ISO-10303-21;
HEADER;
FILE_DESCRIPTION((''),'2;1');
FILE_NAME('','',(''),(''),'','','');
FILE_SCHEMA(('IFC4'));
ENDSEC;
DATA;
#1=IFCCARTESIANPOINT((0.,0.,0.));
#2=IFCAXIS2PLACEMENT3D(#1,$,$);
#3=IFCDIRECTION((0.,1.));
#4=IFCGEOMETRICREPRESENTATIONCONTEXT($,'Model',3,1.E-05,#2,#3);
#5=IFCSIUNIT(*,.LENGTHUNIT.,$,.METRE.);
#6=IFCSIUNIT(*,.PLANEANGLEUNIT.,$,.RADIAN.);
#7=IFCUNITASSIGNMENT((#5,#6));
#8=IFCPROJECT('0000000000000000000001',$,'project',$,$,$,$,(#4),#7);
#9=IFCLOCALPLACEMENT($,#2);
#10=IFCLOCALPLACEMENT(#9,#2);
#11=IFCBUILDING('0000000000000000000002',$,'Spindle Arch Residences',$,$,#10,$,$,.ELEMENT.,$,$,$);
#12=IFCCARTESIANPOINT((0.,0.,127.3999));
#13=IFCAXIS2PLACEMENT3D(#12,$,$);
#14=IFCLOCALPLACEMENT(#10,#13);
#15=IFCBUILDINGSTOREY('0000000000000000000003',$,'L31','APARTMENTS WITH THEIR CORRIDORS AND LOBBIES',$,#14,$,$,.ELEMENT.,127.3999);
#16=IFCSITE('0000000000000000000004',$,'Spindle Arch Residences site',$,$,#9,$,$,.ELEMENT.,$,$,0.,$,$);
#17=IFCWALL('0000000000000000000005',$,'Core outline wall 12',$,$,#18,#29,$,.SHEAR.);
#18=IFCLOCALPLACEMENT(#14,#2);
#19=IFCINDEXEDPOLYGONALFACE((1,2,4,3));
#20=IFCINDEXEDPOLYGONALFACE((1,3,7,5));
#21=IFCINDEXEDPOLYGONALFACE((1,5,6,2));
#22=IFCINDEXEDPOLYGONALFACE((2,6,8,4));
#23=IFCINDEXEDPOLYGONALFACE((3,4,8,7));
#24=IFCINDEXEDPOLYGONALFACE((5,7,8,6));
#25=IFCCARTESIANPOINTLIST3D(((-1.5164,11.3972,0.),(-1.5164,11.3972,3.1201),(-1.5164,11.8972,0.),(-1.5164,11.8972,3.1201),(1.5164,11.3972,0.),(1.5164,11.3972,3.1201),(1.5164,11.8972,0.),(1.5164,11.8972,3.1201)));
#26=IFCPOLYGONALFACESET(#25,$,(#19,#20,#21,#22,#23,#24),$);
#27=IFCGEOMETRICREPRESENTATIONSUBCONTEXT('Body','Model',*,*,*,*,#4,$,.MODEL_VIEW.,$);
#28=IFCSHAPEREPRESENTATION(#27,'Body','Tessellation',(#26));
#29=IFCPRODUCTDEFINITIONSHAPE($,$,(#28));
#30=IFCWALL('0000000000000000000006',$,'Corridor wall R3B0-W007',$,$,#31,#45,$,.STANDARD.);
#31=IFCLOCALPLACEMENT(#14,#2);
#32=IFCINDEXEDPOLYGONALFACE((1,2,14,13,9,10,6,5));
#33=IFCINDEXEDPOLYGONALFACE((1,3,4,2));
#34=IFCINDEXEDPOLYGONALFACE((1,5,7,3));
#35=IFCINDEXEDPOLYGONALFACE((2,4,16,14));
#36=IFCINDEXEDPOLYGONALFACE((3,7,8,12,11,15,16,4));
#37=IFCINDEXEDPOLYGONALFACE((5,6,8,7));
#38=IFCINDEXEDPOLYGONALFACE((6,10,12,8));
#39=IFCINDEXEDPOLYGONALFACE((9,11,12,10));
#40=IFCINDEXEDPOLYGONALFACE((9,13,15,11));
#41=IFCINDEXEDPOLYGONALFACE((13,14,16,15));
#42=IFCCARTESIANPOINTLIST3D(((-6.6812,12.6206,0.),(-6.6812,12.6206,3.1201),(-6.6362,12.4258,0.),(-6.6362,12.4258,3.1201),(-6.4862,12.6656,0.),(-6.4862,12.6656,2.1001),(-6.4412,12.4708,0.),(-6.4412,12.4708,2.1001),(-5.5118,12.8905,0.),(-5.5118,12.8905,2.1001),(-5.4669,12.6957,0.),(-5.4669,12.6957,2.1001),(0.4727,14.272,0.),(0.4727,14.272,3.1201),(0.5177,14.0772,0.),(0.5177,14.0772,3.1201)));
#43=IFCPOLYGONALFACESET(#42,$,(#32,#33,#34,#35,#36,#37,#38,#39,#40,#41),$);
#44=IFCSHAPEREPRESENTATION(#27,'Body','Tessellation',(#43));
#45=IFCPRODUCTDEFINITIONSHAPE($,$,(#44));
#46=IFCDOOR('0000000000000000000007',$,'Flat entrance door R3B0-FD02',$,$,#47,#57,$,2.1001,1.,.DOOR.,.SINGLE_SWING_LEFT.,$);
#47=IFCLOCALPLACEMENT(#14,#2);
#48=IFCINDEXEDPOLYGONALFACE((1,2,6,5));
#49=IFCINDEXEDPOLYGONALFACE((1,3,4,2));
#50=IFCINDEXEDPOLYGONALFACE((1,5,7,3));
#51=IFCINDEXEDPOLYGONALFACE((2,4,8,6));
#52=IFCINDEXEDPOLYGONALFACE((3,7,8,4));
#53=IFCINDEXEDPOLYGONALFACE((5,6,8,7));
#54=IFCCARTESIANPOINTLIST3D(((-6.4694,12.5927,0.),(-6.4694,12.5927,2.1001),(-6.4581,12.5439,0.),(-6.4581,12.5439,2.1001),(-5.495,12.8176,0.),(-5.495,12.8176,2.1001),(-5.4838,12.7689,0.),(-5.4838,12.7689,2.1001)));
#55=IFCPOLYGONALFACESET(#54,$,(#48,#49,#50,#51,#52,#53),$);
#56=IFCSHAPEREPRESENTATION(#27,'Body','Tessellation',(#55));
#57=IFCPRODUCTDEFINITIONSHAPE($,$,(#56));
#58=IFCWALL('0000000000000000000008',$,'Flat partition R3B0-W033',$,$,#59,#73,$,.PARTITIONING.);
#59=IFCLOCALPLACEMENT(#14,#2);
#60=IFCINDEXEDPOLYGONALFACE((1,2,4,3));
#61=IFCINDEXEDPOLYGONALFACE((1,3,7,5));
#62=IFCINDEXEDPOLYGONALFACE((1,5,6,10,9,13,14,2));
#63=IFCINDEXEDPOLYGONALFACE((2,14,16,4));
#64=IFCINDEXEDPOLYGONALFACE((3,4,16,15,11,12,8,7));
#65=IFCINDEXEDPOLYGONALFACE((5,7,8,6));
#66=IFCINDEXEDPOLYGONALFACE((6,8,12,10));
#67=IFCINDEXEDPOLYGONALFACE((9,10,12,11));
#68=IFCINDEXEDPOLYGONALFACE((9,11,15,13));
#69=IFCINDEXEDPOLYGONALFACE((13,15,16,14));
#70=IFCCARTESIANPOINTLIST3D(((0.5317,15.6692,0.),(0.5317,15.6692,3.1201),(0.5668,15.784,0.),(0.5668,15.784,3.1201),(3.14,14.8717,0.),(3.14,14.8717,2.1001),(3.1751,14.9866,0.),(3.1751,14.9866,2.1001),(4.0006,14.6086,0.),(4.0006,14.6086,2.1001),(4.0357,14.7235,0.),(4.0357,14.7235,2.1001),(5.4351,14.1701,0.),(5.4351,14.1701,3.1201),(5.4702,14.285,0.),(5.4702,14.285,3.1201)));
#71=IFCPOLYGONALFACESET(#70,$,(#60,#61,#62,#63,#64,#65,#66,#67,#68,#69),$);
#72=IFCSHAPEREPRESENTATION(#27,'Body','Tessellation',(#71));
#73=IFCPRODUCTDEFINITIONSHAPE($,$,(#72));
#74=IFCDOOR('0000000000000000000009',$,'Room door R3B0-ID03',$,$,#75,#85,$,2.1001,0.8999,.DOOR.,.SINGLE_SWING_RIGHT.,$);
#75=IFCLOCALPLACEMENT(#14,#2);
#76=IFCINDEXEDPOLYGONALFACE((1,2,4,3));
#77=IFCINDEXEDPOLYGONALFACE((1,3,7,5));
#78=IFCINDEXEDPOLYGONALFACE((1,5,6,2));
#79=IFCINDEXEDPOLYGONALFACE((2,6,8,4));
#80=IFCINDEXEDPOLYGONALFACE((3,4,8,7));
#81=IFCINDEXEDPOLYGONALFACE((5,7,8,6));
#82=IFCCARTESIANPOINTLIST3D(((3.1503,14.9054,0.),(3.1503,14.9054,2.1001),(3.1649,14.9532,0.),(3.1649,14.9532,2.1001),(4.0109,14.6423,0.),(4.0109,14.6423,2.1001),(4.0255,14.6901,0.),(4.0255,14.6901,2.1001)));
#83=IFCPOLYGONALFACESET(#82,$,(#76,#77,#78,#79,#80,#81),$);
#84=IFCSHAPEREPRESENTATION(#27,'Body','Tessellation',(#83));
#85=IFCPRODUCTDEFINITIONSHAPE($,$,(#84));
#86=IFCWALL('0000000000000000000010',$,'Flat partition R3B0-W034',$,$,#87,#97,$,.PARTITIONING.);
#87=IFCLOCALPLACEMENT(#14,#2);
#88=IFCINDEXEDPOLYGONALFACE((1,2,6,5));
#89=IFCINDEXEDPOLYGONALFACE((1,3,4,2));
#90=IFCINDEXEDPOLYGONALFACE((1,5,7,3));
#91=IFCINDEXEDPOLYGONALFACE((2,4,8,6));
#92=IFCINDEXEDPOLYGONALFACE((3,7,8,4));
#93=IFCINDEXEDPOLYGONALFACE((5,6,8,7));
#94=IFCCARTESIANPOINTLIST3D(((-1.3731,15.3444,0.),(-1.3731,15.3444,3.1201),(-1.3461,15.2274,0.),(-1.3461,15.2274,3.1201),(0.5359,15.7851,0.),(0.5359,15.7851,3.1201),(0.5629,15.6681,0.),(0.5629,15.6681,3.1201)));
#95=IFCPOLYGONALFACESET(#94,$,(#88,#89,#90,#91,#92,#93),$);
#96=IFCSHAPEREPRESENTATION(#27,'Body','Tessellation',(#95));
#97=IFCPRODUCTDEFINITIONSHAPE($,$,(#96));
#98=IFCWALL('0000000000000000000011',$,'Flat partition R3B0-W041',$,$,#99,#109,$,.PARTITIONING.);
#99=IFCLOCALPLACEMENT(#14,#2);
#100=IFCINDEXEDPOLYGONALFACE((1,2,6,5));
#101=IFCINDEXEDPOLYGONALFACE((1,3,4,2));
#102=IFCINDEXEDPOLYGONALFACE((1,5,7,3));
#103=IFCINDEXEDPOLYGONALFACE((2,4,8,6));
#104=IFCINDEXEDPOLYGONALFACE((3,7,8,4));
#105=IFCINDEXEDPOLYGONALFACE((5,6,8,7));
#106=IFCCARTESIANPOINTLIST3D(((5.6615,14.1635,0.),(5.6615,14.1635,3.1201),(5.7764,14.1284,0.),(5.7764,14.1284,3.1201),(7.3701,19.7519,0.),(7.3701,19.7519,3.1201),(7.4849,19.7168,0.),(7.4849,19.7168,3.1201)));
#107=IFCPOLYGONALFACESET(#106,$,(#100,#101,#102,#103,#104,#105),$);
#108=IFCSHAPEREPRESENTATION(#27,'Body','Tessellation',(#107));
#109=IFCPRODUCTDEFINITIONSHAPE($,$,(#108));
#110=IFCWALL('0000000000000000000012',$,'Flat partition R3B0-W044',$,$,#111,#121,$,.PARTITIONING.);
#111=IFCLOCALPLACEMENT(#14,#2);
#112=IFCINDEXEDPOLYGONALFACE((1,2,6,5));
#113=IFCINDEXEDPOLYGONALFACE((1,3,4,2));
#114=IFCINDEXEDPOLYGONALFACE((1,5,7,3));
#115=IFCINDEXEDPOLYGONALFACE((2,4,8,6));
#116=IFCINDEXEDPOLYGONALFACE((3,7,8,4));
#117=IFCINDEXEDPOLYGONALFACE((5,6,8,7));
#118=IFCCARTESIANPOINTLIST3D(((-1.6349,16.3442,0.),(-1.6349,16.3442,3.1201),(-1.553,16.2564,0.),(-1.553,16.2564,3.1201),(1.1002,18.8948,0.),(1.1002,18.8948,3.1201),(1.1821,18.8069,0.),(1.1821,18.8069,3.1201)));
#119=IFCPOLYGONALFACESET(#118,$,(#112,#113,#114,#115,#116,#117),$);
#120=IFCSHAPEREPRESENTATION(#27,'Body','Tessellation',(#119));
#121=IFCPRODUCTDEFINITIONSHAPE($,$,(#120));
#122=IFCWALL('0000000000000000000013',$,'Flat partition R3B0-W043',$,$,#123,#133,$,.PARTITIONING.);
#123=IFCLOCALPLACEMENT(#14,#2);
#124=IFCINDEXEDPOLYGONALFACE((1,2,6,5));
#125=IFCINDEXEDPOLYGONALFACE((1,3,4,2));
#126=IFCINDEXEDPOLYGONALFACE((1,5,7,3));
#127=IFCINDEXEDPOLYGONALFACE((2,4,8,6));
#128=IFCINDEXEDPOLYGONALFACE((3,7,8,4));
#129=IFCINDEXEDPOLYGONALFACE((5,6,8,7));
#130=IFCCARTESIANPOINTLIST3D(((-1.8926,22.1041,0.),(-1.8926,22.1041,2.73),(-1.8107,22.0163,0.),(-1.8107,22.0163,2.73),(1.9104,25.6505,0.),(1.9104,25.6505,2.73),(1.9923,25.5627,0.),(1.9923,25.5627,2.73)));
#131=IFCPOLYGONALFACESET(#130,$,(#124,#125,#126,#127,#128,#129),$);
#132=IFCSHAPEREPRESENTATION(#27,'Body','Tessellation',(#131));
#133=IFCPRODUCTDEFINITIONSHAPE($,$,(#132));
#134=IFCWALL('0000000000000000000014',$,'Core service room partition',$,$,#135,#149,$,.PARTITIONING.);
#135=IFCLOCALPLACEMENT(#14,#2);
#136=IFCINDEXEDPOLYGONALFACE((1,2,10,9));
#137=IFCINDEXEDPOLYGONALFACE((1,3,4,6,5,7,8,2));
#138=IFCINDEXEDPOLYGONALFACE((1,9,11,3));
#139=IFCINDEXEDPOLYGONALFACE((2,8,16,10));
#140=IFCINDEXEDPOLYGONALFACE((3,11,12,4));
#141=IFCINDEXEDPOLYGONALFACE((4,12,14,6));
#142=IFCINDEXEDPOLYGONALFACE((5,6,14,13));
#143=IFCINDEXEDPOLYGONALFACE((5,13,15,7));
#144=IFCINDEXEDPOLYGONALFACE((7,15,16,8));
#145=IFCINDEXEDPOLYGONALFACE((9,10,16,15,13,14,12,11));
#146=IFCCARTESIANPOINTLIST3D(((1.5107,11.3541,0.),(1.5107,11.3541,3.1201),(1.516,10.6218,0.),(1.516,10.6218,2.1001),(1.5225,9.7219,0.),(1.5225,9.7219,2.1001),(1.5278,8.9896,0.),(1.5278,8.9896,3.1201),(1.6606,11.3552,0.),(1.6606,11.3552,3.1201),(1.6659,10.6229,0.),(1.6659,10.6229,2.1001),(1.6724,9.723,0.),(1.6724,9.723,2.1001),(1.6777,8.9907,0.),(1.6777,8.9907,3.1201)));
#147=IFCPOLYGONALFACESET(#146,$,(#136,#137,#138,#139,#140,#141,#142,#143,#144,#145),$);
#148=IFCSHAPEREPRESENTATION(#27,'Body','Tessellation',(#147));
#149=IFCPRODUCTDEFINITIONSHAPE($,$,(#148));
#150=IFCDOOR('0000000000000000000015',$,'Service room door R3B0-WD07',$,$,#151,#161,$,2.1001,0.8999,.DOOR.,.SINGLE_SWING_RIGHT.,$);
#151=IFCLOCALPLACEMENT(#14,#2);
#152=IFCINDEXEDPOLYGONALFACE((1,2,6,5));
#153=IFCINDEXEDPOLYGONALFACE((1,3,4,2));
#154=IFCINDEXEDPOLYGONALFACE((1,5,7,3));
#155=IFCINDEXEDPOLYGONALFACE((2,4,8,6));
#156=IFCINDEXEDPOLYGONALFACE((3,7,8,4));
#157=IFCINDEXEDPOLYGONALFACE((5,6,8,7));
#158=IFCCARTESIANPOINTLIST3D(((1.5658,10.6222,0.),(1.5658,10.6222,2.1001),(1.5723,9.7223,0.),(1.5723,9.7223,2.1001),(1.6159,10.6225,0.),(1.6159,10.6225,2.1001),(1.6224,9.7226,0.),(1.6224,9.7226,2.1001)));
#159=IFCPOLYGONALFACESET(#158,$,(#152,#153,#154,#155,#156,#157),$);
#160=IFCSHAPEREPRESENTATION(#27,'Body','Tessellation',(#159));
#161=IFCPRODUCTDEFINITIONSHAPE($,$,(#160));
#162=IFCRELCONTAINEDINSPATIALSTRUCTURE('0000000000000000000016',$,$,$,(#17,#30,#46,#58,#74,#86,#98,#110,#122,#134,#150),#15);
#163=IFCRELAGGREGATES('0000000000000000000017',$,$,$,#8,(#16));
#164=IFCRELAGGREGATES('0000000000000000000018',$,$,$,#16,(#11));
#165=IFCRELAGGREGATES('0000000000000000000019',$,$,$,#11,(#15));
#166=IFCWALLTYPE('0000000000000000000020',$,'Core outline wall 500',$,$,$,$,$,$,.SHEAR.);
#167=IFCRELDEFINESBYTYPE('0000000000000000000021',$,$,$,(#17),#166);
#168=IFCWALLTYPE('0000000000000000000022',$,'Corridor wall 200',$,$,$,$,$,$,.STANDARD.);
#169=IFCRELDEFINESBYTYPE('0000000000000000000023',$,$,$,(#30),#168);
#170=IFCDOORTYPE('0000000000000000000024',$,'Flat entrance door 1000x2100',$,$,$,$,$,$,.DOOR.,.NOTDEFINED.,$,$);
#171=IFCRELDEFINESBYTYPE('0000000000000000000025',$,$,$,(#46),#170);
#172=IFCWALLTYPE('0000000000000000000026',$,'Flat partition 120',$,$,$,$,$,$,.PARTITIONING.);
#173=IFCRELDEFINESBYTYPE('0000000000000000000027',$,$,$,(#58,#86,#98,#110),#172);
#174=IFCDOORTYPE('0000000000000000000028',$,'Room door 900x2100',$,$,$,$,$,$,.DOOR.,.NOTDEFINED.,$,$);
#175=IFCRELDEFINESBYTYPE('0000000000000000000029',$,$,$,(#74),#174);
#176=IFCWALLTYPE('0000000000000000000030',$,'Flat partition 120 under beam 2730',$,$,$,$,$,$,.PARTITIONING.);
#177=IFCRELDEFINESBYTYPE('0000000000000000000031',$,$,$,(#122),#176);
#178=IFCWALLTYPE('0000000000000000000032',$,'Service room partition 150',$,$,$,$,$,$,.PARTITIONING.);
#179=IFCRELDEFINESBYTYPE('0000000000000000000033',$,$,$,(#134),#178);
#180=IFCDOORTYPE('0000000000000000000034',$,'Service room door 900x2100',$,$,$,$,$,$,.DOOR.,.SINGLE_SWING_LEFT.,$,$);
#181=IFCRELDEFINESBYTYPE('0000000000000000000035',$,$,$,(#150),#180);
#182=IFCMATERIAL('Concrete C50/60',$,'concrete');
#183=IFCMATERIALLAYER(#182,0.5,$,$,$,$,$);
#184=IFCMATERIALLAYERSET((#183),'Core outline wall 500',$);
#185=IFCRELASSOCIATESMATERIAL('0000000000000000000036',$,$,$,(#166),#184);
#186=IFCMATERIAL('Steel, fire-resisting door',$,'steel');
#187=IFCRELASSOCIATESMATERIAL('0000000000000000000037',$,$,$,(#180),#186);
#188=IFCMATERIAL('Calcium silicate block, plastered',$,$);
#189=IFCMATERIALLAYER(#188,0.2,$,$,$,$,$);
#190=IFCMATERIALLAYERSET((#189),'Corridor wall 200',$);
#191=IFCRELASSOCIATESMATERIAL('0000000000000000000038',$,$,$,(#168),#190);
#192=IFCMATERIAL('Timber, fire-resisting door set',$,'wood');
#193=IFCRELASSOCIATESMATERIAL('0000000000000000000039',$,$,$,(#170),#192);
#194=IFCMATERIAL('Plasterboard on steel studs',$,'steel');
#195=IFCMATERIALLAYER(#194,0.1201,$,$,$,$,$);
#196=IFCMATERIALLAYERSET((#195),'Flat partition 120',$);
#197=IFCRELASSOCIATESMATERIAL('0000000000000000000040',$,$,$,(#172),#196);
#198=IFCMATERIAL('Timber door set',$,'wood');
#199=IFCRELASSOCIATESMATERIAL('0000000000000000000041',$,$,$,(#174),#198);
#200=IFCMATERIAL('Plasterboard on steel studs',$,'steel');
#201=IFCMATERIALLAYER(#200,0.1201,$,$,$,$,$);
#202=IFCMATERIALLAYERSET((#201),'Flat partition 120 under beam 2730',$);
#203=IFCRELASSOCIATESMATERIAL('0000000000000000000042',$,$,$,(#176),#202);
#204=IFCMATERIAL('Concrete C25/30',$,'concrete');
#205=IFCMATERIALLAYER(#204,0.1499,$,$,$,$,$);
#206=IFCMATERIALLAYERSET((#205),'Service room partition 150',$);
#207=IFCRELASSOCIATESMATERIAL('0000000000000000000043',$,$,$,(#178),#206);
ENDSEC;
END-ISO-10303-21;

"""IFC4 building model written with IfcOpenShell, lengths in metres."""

from ifc_helpers import new_model, si_unit, direction, frame, frame_2d, origin, place, context, subcontext, project, spatial, rectangle, extrude, material, layer, layer_set, type_object, element, fill, save


model = new_model("IFC4")

# Units and contexts
model_context = context("Model", 3, precision=1e-05, world=origin(), true_north=direction((0.0, 1.0)))
body_context = subcontext(model_context, "Body", "Model", "MODEL_VIEW")
ifc_project = project(units=[si_unit("LENGTHUNIT", "METRE"), si_unit("PLANEANGLEUNIT", "RADIAN")], contexts=[model_context])

# Site, building, storey
site_placement = place(None, origin())
site = spatial("IfcSite", under=ifc_project, at=site_placement, Name="Spindle Arch Residences site", CompositionType="ELEMENT", RefElevation=0.0)
building_placement = place(site_placement, origin())
building = spatial("IfcBuilding", under=site, at=building_placement, Name="Spindle Arch Residences", CompositionType="ELEMENT")
storey_placement = place(building_placement, frame((0.0, 0.0, 127.3999)))
storey = spatial("IfcBuildingStorey", under=building, at=storey_placement, Name="L31", Description="APARTMENTS WITH THEIR CORRIDORS AND LOBBIES", CompositionType="ELEMENT", Elevation=127.3999)

# Shared definitions
ifc_material_1 = material(Name="Concrete C50/60", Category="concrete")
ifc_layer_1 = layer(ifc_material_1, 0.5)
ifc_layer_set_1 = layer_set([ifc_layer_1], Name="Core outline wall 500")
wall_type_1 = type_object("IfcWallType", Name="Core outline wall 500", PredefinedType="SHEAR", material=ifc_layer_set_1)
ifc_material_2 = material(Name="Steel, fire-resisting door", Category="steel")
door_type_1 = type_object("IfcDoorType", Name="Service room door 900x2100", OperationType="SINGLE_SWING_LEFT", PredefinedType="DOOR", material=ifc_material_2)

# Wall
for number, where, z_axis, x_axis, name in (
    (1, (1.5164, 11.6472, 0.0), (0.0, 0.0, 1.0), (-1.0, 0.0, 0.0), "Core outline wall 12"),
):
    element("IfcWall", number, at=place(storey_placement, frame(where, z_axis=z_axis, x_axis=x_axis)), inside=storey, type_object=wall_type_1, Name=name, PredefinedType="SHEAR", context=body_context, shape_type="SweptSolid", body=[
        extrude(rectangle(XDim=3.0327, YDim=0.5, at=frame_2d((1.5164, 0.0))), origin(), (0.0, 0.0, 1.0), 3.1201),
    ])

# Walls, openings, doors
ifc_material_3 = material(Name="Calcium silicate block, plastered")
ifc_layer_2 = layer(ifc_material_3, 0.2)
ifc_layer_set_2 = layer_set([ifc_layer_2], Name="Corridor wall 200")
wall_type_2 = type_object("IfcWallType", Name="Corridor wall 200", PredefinedType="STANDARD", material=ifc_layer_set_2)
wall_1_placement = place(storey_placement, frame((0.4951, 14.1746, 0.0), z_axis=(0.0, 0.0, 1.0), x_axis=(-0.974377, -0.224923, 0.0)))
wall_1 = element("IfcWall", 2, at=wall_1_placement, inside=storey, type_object=wall_type_2, Name="Corridor wall R3B0-W007", PredefinedType="STANDARD", context=body_context, shape_type="SweptSolid", body=[
    extrude(rectangle(XDim=7.342, YDim=0.2, at=frame_2d((3.6709, 0.0))), origin(), (0.0, 0.0, 1.0), 3.1201),
])
opening_1_placement = place(wall_1_placement, frame((6.1418, 0.0, 0.0)))
opening_1 = element("IfcOpeningElement", 3, at=opening_1_placement, cuts=wall_1, PredefinedType="OPENING", context=body_context, shape_type="SweptSolid", body=[
    extrude(rectangle(XDim=1.0, YDim=2.1001, at=frame_2d((0.5, 1.05))), frame((0.0, 0.1099, 0.0), z_axis=(0.0, -1.0, 0.0), x_axis=(1.0, 0.0, 0.0)), (0.0, 0.0, 1.0), 0.22),
])
ifc_material_4 = material(Name="Timber, fire-resisting door set", Category="wood")
door_type_2 = type_object("IfcDoorType", Name="Flat entrance door 1000x2100", OperationType="NOTDEFINED", PredefinedType="DOOR", material=ifc_material_4)
door_1_placement = place(opening_1_placement, origin())
door_1 = element("IfcDoor", 4, at=door_1_placement, inside=storey, type_object=door_type_2, Name="Flat entrance door R3B0-FD02", OperationType="SINGLE_SWING_LEFT", OverallHeight=2.1001, OverallWidth=1.0, PredefinedType="DOOR", context=body_context, shape_type="SweptSolid", body=[
    extrude(rectangle(XDim=1.0, YDim=2.1001, at=frame_2d((0.5, 1.05))), frame((0.0, 0.0249, 0.0), z_axis=(0.0, -1.0, 0.0), x_axis=(1.0, 0.0, 0.0)), (0.0, 0.0, 1.0), 0.05),
])
fill(opening_1, door_1)
ifc_material_5 = material(Name="Plasterboard on steel studs", Category="steel")
ifc_layer_3 = layer(ifc_material_5, 0.1201)
ifc_layer_set_3 = layer_set([ifc_layer_3], Name="Flat partition 120")
wall_type_3 = type_object("IfcWallType", Name="Flat partition 120", PredefinedType="PARTITIONING", material=ifc_layer_set_3)
wall_2_placement = place(storey_placement, frame((5.4526, 14.2275, 0.0), z_axis=(0.0, 0.0, 1.0), x_axis=(-0.956309, 0.292359, 0.0)))
wall_2 = element("IfcWall", 5, at=wall_2_placement, inside=storey, type_object=wall_type_3, Name="Flat partition R3B0-W033", PredefinedType="PARTITIONING", context=body_context, shape_type="SweptSolid", body=[
    extrude(rectangle(XDim=5.1274, YDim=0.1201, at=frame_2d((2.5637, 0.0))), origin(), (0.0, 0.0, 1.0), 3.1201),
])
opening_2_placement = place(wall_2_placement, frame((1.5, 0.0, 0.0)))
opening_2 = element("IfcOpeningElement", 6, at=opening_2_placement, cuts=wall_2, PredefinedType="OPENING", context=body_context, shape_type="SweptSolid", body=[
    extrude(rectangle(XDim=0.8999, YDim=2.1001, at=frame_2d((0.45, 1.05))), frame((0.0, 0.0701, 0.0), z_axis=(0.0, -1.0, 0.0), x_axis=(1.0, 0.0, 0.0)), (0.0, 0.0, 1.0), 0.1401),
])
ifc_material_6 = material(Name="Timber door set", Category="wood")
door_type_3 = type_object("IfcDoorType", Name="Room door 900x2100", OperationType="NOTDEFINED", PredefinedType="DOOR", material=ifc_material_6)
door_2_placement = place(opening_2_placement, origin())
door_2 = element("IfcDoor", 7, at=door_2_placement, inside=storey, type_object=door_type_3, Name="Room door R3B0-ID03", OperationType="SINGLE_SWING_RIGHT", OverallHeight=2.1001, OverallWidth=0.8999, PredefinedType="DOOR", context=body_context, shape_type="SweptSolid", body=[
    extrude(rectangle(XDim=0.8999, YDim=2.1001, at=frame_2d((0.45, 1.05))), frame((0.0, 0.0249, 0.0), z_axis=(0.0, -1.0, 0.0), x_axis=(1.0, 0.0, 0.0)), (0.0, 0.0, 1.0), 0.05),
])
fill(opening_2, door_2)

# Walls
wall_3_placement = place(storey_placement, frame((0.5493, 15.7266, 0.0), z_axis=(0.0, 0.0, 1.0), x_axis=(-0.974374, -0.224932, 0.0)))
element("IfcWall", 8, at=wall_3_placement, inside=storey, type_object=wall_type_3, Name="Flat partition R3B0-W034", PredefinedType="PARTITIONING", context=body_context, shape_type="SweptSolid", body=[
    extrude(rectangle(XDim=1.9592, YDim=0.1201, at=frame_2d((0.9795, 0.0))), origin(), (0.0, 0.0, 1.0), 3.1201),
])
wall_4_placement = place(storey_placement, frame((7.4275, 19.7344, 0.0), z_axis=(0.0, 0.0, 1.0), x_axis=(-0.292365, -0.956307, 0.0)))
element("IfcWall", 9, at=wall_4_placement, inside=storey, type_object=wall_type_3, Name="Flat partition R3B0-W041", PredefinedType="PARTITIONING", context=body_context, shape_type="SweptSolid", body=[
    extrude(rectangle(XDim=5.8438, YDim=0.1201, at=frame_2d((2.9219, 0.0))), origin(), (0.0, 0.0, 1.0), 3.1201),
])
wall_5_placement = place(storey_placement, frame((1.1411, 18.8508, 0.0), z_axis=(0.0, 0.0, 1.0), x_axis=(-0.731353, -0.682, 0.0)))
element("IfcWall", 10, at=wall_5_placement, inside=storey, type_object=wall_type_3, Name="Flat partition R3B0-W044", PredefinedType="PARTITIONING", context=body_context, shape_type="SweptSolid", body=[
    extrude(rectangle(XDim=3.7397, YDim=0.1201, at=frame_2d((1.8699, 0.0))), origin(), (0.0, 0.0, 1.0), 3.1201),
])
ifc_material_7 = material(Name="Plasterboard on steel studs", Category="steel")
ifc_layer_4 = layer(ifc_material_7, 0.1201)
ifc_layer_set_4 = layer_set([ifc_layer_4], Name="Flat partition 120 under beam 2730")
wall_type_4 = type_object("IfcWallType", Name="Flat partition 120 under beam 2730", PredefinedType="PARTITIONING", material=ifc_layer_set_4)
wall_6_placement = place(storey_placement, frame((1.9514, 25.6067, 0.0), z_axis=(0.0, 0.0, 1.0), x_axis=(-0.731349, -0.682004, 0.0)))
element("IfcWall", 11, at=wall_6_placement, inside=storey, type_object=wall_type_4, Name="Flat partition R3B0-W043", PredefinedType="PARTITIONING", context=body_context, shape_type="SweptSolid", body=[
    extrude(rectangle(XDim=5.2, YDim=0.1201, at=frame_2d((2.6001, 0.0))), origin(), (0.0, 0.0, 1.0), 2.73),
])

# Wall, opening, door
ifc_material_8 = material(Name="Concrete C25/30", Category="concrete")
ifc_layer_5 = layer(ifc_material_8, 0.1499)
ifc_layer_set_5 = layer_set([ifc_layer_5], Name="Service room partition 150")
wall_type_5 = type_object("IfcWallType", Name="Service room partition 150", PredefinedType="PARTITIONING", material=ifc_layer_set_5)
wall_7_placement = place(storey_placement, frame((1.5857, 11.3545, 0.0), z_axis=(0.0, 0.0, 1.0), x_axis=(0.007227, -0.999974, 0.0)))
wall_7 = element("IfcWall", 12, at=wall_7_placement, inside=storey, type_object=wall_type_5, Name="Core service room partition", PredefinedType="PARTITIONING", context=body_context, shape_type="SweptSolid", body=[
    extrude(rectangle(XDim=2.3645, YDim=0.1499, at=frame_2d((1.1821, 0.0))), origin(), (0.0, 0.0, 1.0), 3.1201),
])
opening_3_placement = place(wall_7_placement, frame((0.7322, 0.0, 0.0)))
opening_3 = element("IfcOpeningElement", 13, at=opening_3_placement, cuts=wall_7, PredefinedType="OPENING", context=body_context, shape_type="SweptSolid", body=[
    extrude(rectangle(XDim=0.8999, YDim=2.1001, at=frame_2d((0.45, 1.05))), frame((0.0, 0.085, 0.0), z_axis=(0.0, -1.0, 0.0), x_axis=(1.0, 0.0, 0.0)), (0.0, 0.0, 1.0), 0.1699),
])
door_3_placement = place(opening_3_placement, origin())
door_3 = element("IfcDoor", 14, at=door_3_placement, inside=storey, type_object=door_type_1, Name="Service room door R3B0-WD07", OperationType="SINGLE_SWING_RIGHT", OverallHeight=2.1001, OverallWidth=0.8999, PredefinedType="DOOR", context=body_context, shape_type="SweptSolid", body=[
    extrude(rectangle(XDim=0.8999, YDim=2.1001, at=frame_2d((0.45, 1.05))), frame((0.0, 0.0249, 0.0), z_axis=(0.0, -1.0, 0.0), x_axis=(1.0, 0.0, 0.0)), (0.0, 0.0, 1.0), 0.05),
])
fill(opening_3, door_3)

save(model, "model.ifc")
